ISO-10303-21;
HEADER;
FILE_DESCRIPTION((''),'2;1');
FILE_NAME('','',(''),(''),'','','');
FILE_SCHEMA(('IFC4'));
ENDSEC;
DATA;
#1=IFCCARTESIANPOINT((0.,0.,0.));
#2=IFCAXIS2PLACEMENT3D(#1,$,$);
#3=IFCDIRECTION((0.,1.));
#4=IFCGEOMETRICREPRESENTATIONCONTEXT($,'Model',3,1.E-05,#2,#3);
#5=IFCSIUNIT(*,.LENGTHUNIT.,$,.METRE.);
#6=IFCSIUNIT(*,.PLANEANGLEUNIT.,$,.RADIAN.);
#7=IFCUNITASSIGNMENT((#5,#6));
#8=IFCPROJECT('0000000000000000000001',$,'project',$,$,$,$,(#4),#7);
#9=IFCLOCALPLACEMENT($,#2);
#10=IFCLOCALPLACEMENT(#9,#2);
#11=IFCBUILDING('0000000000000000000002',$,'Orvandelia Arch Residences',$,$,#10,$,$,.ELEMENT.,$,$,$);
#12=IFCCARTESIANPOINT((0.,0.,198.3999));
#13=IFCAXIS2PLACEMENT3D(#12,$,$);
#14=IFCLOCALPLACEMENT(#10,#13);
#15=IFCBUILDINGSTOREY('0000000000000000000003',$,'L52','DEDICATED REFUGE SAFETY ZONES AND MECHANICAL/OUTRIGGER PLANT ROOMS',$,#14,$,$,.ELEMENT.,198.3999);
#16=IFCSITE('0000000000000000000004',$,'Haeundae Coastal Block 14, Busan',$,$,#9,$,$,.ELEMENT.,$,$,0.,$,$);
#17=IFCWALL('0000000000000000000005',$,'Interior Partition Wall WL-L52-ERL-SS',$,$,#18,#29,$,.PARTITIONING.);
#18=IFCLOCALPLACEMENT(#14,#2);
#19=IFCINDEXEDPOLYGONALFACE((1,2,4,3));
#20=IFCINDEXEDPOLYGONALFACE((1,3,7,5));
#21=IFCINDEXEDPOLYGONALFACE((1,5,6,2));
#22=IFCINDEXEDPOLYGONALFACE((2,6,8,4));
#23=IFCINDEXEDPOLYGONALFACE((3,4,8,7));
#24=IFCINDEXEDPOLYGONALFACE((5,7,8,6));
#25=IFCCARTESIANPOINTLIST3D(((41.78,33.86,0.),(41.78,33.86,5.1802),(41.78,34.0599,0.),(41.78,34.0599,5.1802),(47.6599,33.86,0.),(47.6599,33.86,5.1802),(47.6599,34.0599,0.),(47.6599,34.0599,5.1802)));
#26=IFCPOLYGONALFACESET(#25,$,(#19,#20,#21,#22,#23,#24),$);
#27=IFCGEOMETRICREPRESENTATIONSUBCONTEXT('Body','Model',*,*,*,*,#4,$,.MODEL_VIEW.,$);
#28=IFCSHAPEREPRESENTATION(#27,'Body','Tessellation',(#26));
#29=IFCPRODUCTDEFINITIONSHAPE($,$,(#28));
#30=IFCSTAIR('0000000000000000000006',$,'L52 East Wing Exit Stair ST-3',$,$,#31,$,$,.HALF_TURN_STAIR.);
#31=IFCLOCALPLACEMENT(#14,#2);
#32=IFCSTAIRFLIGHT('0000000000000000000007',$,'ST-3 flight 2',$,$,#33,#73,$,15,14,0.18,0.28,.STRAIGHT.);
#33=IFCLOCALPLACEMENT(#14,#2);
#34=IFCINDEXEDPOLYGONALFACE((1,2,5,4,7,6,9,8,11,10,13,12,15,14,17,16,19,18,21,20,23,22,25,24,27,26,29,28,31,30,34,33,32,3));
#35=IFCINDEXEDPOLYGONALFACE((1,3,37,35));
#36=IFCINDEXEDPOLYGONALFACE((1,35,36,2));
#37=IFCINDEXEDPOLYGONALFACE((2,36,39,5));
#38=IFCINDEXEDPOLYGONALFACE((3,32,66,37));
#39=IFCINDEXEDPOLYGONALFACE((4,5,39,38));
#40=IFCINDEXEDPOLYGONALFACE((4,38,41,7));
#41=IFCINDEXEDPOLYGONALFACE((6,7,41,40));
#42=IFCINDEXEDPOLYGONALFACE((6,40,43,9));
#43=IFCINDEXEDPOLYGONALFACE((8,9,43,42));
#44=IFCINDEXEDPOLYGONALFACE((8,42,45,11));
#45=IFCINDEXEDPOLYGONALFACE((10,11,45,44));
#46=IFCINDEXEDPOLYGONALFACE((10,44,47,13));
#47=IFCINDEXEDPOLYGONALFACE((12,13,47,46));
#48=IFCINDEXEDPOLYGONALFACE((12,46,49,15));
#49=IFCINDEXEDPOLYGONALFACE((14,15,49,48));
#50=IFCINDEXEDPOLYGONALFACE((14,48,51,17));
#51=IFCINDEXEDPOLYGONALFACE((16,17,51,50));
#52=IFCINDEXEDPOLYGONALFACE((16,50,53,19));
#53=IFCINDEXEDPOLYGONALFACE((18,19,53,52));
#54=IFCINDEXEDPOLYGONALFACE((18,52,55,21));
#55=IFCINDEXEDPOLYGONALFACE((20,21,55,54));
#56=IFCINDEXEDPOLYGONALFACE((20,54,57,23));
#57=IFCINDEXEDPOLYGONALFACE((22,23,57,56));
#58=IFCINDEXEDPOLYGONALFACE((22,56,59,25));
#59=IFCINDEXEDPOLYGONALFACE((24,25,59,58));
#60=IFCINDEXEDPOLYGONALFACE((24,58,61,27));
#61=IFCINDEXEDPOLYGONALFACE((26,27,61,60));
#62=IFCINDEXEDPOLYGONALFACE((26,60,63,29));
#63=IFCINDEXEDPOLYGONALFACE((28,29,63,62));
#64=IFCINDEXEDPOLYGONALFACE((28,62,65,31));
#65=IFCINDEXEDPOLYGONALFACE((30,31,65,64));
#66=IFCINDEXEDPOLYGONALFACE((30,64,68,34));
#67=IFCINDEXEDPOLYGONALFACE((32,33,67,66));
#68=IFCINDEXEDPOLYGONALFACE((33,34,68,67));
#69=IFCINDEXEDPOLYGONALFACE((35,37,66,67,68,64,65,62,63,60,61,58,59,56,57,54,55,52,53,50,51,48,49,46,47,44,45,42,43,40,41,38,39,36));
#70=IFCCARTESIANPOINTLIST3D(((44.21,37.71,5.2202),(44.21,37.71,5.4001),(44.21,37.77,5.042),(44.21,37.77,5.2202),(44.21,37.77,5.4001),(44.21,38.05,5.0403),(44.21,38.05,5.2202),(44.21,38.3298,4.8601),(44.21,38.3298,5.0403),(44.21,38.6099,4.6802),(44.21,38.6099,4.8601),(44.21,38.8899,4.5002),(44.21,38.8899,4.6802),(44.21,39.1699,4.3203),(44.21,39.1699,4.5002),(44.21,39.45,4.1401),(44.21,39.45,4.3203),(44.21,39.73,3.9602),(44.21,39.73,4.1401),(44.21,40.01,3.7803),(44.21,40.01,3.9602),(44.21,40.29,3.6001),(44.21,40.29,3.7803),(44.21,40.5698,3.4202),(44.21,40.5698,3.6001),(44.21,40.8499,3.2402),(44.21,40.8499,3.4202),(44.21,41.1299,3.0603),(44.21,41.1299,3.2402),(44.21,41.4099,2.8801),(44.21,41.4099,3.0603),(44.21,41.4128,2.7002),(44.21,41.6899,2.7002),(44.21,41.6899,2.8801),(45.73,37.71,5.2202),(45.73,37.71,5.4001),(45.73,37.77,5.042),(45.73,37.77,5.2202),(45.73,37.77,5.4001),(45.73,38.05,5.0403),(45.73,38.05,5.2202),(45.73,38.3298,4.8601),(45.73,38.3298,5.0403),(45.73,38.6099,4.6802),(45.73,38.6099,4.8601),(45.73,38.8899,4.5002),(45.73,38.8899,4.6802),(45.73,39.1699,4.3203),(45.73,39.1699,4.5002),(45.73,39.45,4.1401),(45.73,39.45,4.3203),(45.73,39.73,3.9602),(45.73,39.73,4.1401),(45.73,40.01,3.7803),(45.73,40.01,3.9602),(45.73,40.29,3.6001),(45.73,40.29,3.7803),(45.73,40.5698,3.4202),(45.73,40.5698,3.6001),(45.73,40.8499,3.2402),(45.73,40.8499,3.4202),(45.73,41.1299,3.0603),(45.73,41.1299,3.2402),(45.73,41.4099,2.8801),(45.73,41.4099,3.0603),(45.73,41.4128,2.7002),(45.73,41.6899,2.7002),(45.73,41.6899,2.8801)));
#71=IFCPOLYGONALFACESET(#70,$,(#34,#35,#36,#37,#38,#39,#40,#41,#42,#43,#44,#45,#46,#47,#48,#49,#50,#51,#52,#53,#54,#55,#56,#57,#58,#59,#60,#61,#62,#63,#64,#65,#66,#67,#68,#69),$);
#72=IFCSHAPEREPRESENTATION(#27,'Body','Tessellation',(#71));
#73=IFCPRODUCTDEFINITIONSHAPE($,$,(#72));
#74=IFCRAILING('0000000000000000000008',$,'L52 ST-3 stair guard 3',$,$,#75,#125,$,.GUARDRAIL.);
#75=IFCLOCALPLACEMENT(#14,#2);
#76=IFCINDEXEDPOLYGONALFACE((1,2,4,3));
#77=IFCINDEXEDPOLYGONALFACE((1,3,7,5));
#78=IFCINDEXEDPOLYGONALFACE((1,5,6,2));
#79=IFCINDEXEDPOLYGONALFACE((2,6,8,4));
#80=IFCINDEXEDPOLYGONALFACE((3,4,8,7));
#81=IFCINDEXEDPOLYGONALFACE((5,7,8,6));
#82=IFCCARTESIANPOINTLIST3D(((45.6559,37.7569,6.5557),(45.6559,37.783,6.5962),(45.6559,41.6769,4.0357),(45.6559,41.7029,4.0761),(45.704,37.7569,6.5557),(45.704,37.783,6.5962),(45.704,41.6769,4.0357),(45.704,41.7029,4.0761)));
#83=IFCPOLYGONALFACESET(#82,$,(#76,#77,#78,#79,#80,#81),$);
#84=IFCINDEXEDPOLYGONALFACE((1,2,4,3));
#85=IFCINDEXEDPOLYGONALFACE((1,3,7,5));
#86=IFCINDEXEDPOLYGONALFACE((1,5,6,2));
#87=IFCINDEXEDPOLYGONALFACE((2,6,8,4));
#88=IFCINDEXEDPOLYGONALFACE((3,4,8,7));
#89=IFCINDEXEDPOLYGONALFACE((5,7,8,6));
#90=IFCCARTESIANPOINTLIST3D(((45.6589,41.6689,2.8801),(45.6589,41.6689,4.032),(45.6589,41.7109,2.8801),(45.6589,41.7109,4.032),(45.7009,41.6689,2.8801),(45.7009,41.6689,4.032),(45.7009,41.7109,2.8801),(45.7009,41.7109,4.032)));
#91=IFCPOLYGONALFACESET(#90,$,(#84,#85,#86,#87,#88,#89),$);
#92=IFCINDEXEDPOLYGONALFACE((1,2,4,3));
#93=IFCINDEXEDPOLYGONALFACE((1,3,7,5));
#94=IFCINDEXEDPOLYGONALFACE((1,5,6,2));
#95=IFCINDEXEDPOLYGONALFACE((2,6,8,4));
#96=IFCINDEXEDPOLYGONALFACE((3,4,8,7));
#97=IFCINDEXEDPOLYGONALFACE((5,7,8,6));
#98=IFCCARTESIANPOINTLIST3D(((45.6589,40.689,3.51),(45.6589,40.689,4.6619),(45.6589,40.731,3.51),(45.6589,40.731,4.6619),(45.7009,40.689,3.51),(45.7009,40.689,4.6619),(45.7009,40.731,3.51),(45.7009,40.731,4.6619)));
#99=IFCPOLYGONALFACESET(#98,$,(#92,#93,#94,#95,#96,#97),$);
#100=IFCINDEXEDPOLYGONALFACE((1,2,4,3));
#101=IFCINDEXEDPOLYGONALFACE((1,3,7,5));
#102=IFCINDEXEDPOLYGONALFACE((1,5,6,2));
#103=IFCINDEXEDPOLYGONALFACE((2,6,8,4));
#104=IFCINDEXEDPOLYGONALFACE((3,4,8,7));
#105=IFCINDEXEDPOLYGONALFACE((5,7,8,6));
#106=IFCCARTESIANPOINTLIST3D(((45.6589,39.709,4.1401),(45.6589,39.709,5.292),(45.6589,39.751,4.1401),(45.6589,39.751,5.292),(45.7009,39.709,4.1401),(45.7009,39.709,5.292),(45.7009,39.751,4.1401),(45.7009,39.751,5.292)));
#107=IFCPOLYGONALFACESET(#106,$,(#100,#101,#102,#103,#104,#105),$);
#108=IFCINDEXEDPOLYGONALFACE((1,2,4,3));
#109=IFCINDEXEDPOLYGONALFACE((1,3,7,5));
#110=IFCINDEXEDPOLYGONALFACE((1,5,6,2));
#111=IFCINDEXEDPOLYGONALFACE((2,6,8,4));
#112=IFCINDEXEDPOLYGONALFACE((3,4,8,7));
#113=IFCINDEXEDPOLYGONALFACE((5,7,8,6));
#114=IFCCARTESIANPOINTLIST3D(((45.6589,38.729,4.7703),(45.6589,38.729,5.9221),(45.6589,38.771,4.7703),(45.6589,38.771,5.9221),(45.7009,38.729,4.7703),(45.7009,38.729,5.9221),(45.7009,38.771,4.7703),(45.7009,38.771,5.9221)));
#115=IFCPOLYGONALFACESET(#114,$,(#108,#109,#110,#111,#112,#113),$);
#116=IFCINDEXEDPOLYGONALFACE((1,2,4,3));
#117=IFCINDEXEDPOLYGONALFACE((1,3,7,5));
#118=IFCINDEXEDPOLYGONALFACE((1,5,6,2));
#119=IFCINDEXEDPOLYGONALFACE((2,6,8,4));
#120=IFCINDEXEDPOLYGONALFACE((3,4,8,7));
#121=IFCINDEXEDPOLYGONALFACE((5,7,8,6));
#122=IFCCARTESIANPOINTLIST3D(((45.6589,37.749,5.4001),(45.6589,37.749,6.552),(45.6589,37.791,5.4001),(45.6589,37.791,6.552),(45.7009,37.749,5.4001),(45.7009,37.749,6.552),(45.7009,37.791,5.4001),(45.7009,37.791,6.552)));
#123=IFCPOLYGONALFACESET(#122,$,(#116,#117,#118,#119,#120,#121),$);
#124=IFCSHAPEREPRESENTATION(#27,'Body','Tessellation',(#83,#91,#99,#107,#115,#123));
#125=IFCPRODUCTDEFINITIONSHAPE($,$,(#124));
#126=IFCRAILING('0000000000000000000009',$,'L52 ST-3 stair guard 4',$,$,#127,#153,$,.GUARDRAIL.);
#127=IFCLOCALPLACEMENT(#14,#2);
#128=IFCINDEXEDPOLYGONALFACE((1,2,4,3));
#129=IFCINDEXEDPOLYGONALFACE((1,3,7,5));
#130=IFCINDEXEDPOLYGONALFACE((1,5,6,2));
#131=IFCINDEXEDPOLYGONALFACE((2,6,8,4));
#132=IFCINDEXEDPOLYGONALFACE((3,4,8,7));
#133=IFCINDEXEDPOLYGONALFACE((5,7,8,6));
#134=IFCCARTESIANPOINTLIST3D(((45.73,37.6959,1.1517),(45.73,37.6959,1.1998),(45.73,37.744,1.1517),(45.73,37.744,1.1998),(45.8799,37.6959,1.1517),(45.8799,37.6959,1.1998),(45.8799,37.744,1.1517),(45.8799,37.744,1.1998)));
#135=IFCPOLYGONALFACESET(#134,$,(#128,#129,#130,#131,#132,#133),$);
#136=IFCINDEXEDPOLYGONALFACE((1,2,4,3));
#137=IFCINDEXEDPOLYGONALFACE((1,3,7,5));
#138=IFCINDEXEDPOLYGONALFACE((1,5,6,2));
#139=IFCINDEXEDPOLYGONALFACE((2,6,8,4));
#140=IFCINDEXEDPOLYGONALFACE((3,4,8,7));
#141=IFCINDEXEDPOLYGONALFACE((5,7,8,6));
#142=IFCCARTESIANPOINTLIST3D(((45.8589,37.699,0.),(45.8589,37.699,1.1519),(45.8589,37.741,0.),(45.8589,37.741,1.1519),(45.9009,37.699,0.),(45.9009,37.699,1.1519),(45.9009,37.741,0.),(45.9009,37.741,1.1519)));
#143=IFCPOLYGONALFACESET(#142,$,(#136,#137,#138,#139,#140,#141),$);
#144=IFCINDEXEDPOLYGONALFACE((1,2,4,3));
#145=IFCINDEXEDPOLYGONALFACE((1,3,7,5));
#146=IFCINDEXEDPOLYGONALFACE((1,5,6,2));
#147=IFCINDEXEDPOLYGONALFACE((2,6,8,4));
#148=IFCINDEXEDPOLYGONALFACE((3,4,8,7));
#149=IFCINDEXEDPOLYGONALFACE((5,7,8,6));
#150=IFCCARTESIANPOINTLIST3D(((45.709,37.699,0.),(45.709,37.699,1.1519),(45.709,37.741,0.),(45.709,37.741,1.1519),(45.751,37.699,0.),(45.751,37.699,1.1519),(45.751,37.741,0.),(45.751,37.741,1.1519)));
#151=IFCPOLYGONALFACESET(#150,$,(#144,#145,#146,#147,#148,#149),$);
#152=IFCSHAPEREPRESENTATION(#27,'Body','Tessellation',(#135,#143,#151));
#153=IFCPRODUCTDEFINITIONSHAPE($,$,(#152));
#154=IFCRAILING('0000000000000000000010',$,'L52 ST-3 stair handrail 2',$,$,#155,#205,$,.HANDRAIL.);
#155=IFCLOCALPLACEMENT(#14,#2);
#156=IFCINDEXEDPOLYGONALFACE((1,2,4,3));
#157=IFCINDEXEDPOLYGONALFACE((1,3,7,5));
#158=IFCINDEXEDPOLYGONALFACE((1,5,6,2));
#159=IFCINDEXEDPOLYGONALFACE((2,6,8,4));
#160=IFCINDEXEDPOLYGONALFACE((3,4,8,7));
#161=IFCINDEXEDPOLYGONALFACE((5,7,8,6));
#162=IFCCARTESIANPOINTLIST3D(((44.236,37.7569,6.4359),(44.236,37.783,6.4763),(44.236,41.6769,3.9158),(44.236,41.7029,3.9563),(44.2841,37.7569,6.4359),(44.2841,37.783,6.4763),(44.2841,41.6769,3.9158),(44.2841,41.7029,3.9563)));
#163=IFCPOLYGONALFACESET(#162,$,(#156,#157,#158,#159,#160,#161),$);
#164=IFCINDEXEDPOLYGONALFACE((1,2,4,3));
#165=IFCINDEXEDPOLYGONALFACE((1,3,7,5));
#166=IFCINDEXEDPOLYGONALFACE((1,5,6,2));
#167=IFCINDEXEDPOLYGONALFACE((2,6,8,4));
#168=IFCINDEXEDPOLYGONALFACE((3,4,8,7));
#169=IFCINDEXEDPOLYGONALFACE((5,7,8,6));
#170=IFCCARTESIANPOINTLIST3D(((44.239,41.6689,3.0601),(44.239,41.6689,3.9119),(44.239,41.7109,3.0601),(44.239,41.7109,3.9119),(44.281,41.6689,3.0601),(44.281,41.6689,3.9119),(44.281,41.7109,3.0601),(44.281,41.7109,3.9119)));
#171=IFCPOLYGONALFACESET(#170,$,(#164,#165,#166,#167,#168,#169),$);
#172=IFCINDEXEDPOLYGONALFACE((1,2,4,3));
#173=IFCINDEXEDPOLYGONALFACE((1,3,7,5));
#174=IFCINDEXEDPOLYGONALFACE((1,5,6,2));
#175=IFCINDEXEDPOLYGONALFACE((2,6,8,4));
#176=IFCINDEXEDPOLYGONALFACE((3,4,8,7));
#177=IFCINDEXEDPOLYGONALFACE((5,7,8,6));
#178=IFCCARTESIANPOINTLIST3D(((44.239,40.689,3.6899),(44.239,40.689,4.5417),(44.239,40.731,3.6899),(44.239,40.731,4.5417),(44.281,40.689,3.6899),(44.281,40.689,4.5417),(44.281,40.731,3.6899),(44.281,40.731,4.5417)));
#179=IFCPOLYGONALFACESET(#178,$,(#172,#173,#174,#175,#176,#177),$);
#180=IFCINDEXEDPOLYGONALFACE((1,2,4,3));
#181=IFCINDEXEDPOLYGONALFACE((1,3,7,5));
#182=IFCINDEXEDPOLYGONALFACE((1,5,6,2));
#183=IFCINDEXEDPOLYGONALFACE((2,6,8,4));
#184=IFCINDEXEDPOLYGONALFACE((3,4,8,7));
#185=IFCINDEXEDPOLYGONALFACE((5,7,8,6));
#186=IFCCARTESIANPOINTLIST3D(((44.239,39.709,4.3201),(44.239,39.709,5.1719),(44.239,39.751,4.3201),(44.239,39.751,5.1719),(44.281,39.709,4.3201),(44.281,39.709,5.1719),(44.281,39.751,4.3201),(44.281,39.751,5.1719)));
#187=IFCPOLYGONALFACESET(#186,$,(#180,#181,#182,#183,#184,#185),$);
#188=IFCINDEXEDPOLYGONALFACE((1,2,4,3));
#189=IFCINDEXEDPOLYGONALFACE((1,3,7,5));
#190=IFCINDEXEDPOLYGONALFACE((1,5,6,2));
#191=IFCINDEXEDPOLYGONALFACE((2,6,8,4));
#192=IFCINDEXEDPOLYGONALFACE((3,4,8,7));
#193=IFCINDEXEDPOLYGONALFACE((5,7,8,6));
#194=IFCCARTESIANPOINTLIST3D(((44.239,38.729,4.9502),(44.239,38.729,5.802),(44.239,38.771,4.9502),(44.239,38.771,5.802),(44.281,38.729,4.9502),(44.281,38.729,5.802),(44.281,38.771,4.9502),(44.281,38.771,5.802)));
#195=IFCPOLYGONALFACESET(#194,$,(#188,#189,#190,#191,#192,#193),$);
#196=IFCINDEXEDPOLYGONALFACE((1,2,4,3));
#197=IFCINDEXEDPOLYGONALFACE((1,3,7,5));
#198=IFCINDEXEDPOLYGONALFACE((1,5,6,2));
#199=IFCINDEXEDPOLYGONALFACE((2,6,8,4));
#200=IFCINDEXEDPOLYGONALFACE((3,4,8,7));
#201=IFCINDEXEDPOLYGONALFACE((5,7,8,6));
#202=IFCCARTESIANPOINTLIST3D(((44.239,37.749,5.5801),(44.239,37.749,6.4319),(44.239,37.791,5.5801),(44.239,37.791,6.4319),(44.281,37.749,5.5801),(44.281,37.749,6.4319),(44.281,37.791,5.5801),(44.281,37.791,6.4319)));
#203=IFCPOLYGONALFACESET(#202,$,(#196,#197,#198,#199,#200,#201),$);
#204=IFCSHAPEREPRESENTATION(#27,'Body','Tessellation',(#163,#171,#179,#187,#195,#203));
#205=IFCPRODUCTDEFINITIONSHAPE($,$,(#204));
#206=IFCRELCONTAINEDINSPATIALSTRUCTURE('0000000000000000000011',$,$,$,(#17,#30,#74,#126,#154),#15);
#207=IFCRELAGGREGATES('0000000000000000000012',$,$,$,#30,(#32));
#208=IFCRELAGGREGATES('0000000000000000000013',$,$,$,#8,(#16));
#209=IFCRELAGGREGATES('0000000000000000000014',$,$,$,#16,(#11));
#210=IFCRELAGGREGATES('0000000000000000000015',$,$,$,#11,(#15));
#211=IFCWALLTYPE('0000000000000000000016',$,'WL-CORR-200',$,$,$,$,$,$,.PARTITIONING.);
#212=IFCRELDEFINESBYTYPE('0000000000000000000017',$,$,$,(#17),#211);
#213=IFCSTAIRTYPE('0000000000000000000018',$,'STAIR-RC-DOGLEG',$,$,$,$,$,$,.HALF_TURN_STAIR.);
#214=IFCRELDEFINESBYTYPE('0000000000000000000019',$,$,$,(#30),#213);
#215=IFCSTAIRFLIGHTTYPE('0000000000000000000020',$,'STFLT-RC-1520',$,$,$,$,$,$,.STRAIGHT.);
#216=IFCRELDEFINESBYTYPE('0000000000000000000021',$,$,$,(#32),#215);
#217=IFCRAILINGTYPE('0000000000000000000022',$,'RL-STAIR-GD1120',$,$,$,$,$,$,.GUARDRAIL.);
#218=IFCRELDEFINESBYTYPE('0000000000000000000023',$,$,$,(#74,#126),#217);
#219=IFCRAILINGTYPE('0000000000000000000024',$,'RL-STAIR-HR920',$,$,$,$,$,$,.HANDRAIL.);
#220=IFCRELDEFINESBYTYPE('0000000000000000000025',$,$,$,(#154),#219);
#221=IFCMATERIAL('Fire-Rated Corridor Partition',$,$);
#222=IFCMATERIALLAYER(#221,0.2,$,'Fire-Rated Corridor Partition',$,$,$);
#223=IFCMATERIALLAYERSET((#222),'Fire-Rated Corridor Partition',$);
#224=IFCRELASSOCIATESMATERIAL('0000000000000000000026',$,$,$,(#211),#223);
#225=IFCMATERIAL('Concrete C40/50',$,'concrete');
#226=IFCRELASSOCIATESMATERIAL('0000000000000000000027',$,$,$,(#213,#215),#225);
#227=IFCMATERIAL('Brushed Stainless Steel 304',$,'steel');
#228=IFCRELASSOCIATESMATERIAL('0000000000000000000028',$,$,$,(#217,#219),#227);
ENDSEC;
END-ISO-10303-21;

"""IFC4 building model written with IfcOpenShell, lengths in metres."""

from ifc_helpers import new_model, si_unit, direction, frame, frame_2d, origin, origin_2d, place, context, subcontext, project, spatial, polyline, rectangle, outline, extrude, material, layer, layer_set, type_object, element, aggregate, save


model = new_model("IFC4")

# Units and contexts
model_context = context("Model", 3, precision=1e-05, world=origin(), true_north=direction((0.0, 1.0)))
body_context = subcontext(model_context, "Body", "Model", "MODEL_VIEW")
ifc_project = project(units=[si_unit("LENGTHUNIT", "METRE"), si_unit("PLANEANGLEUNIT", "RADIAN")], contexts=[model_context])

# Site, building, storey
site_placement = place(None, origin())
site = spatial("IfcSite", under=ifc_project, at=site_placement, Name="Haeundae Coastal Block 14, Busan", CompositionType="ELEMENT", RefElevation=0.0)
building_placement = place(site_placement, origin())
building = spatial("IfcBuilding", under=site, at=building_placement, Name="Orvandelia Arch Residences", CompositionType="ELEMENT")
storey_placement = place(building_placement, frame((0.0, 0.0, 198.3999)))
storey = spatial("IfcBuildingStorey", under=building, at=storey_placement, Name="L52", Description="DEDICATED REFUGE SAFETY ZONES AND MECHANICAL/OUTRIGGER PLANT ROOMS", CompositionType="ELEMENT", Elevation=198.3999)

# Wall
ifc_material_1 = material(Name="Fire-Rated Corridor Partition")
ifc_layer_1 = layer(ifc_material_1, 0.2, Name="Fire-Rated Corridor Partition")
ifc_layer_set_1 = layer_set([ifc_layer_1], Name="Fire-Rated Corridor Partition")
wall_type_1 = type_object("IfcWallType", Name="WL-CORR-200", PredefinedType="PARTITIONING", material=ifc_layer_set_1)
wall_1_placement = place(storey_placement, frame((41.78, 33.96, 0.0), z_axis=(0.0, 0.0, 1.0), x_axis=(1.0, 0.0, 0.0)))
element("IfcWall", 1, at=wall_1_placement, inside=storey, type_object=wall_type_1, Name="Interior Partition Wall WL-L52-ERL-SS", PredefinedType="PARTITIONING", context=body_context, shape_type="SweptSolid", body=[
    extrude(rectangle(XDim=5.8799, YDim=0.2, at=frame_2d((2.9399, 0.0))), origin(), (0.0, 0.0, 1.0), 5.1802),
])

# Stair, stair flight
ifc_material_2 = material(Name="Concrete C40/50", Category="concrete")
stair_type = type_object("IfcStairType", Name="STAIR-RC-DOGLEG", PredefinedType="HALF_TURN_STAIR", material=ifc_material_2)
stair_placement = place(storey_placement, origin())
stair = element("IfcStair", 2, at=stair_placement, inside=storey, type_object=stair_type, Name="L52 East Wing Exit Stair ST-3", PredefinedType="HALF_TURN_STAIR")
stair_flight_type = type_object("IfcStairFlightType", Name="STFLT-RC-1520", PredefinedType="STRAIGHT", material=ifc_material_2)
stair_flight_placement = place(storey_placement, frame((44.97, 41.6899, 2.7002), z_axis=(0.0, 0.0, 1.0), x_axis=(0.0, -1.0, 0.0)))
stair_flight = element("IfcStairFlight", 3, at=stair_flight_placement, type_object=stair_flight_type, Name="ST-3 flight 2", NumberOfRisers=15, NumberOfTreads=14, PredefinedType="STRAIGHT", RiserHeight=0.18, TreadLength=0.28, context=body_context, shape_type="SweptSolid", body=[
    extrude(outline(polyline([(0.0, 0.0), (0.0, 0.1799), (0.28, 0.1799), (0.28, 0.3601), (0.5601, 0.3601), (0.5601, 0.54), (0.8401, 0.54), (0.8401, 0.72), (1.1201, 0.72), (1.1201, 0.8999), (1.3999, 0.8999), (1.3999, 1.0801), (1.6799, 1.0801), (1.6799, 1.26), (1.96, 1.26), (1.96, 1.4399), (2.24, 1.4399), (2.24, 1.6201), (2.52, 1.6201), (2.52, 1.8), (2.8, 1.8), (2.8, 1.98), (3.0801, 1.98), (3.0801, 2.1599), (3.3601, 2.1599), (3.3601, 2.3401), (3.6399, 2.3401), (3.6399, 2.52), (3.9199, 2.52), (3.9199, 2.7), (3.98, 2.7), (3.98, 2.52), (3.9199, 2.3418), (0.2771, 0.0), (0.0, 0.0)])), frame((0.0, 0.76, 0.0), z_axis=(0.0, -1.0, 0.0), x_axis=(1.0, 0.0, 0.0)), (0.0, 0.0, 1.0), 1.52),
])
aggregate(stair, [stair_flight])

# Railings
ifc_material_3 = material(Name="Brushed Stainless Steel 304", Category="steel")
railing_type_1 = type_object("IfcRailingType", Name="RL-STAIR-GD1120", PredefinedType="GUARDRAIL", material=ifc_material_3)
railing_1_placement = place(storey_placement, frame((45.6799, 41.6899, 2.8801)))
element("IfcRailing", 4, at=railing_1_placement, inside=storey, type_object=railing_type_1, Name="L52 ST-3 stair guard 3", PredefinedType="GUARDRAIL", context=body_context, shape_type="SweptSolid", body=[
    extrude(rectangle(XDim=0.0481, YDim=0.0481, at=origin_2d()), frame((0.0, 0.0, 1.1758), z_axis=(0.0, -0.841172, 0.540768), x_axis=(1.0, 0.0, 0.0)), (0.0, 0.0, 1.0), 4.6602),
    extrude(rectangle(XDim=0.042, YDim=0.042, at=origin_2d()), origin(), (0.0, 0.0, 1.0), 1.1519),
    extrude(rectangle(XDim=0.042, YDim=0.042, at=origin_2d()), frame((0.0, -0.98, 0.6299)), (0.0, 0.0, 1.0), 1.1519),
    extrude(rectangle(XDim=0.042, YDim=0.042, at=origin_2d()), frame((0.0, -1.96, 1.26)), (0.0, 0.0, 1.0), 1.1519),
    extrude(rectangle(XDim=0.042, YDim=0.042, at=origin_2d()), frame((0.0, -2.9399, 1.8901)), (0.0, 0.0, 1.0), 1.1519),
    extrude(rectangle(XDim=0.042, YDim=0.042, at=origin_2d()), frame((0.0, -3.9199, 2.52)), (0.0, 0.0, 1.0), 1.1519),
])
railing_2_placement = place(storey_placement, frame((45.8799, 37.72, 0.0)))
element("IfcRailing", 5, at=railing_2_placement, inside=storey, type_object=railing_type_1, Name="L52 ST-3 stair guard 4", PredefinedType="GUARDRAIL", context=body_context, shape_type="SweptSolid", body=[
    extrude(rectangle(XDim=0.0481, YDim=0.0481, at=origin_2d()), frame((0.0, 0.0, 1.1758), z_axis=(-1.0, 0.0, 0.0), x_axis=(0.0, -1.0, 0.0)), (0.0, 0.0, 1.0), 0.1499),
    extrude(rectangle(XDim=0.042, YDim=0.042, at=origin_2d()), origin(), (0.0, 0.0, 1.0), 1.1519),
    extrude(rectangle(XDim=0.042, YDim=0.042, at=origin_2d()), frame((-0.1499, 0.0, 0.0)), (0.0, 0.0, 1.0), 1.1519),
])
railing_type_2 = type_object("IfcRailingType", Name="RL-STAIR-HR920", PredefinedType="HANDRAIL", material=ifc_material_3)
railing_3_placement = place(storey_placement, frame((44.26, 41.6899, 3.0601)))
element("IfcRailing", 6, at=railing_3_placement, inside=storey, type_object=railing_type_2, Name="L52 ST-3 stair handrail 2", PredefinedType="HANDRAIL", context=body_context, shape_type="SweptSolid", body=[
    extrude(rectangle(XDim=0.0481, YDim=0.0481, at=origin_2d()), frame((0.0, 0.0, 0.876), z_axis=(0.0, -0.841172, 0.540768), x_axis=(1.0, 0.0, 0.0)), (0.0, 0.0, 1.0), 4.6602),
    extrude(rectangle(XDim=0.042, YDim=0.042, at=origin_2d()), origin(), (0.0, 0.0, 1.0), 0.8518),
    extrude(rectangle(XDim=0.042, YDim=0.042, at=origin_2d()), frame((0.0, -0.98, 0.6299)), (0.0, 0.0, 1.0), 0.8518),
    extrude(rectangle(XDim=0.042, YDim=0.042, at=origin_2d()), frame((0.0, -1.96, 1.26)), (0.0, 0.0, 1.0), 0.8518),
    extrude(rectangle(XDim=0.042, YDim=0.042, at=origin_2d()), frame((0.0, -2.9399, 1.8901)), (0.0, 0.0, 1.0), 0.8518),
    extrude(rectangle(XDim=0.042, YDim=0.042, at=origin_2d()), frame((0.0, -3.9199, 2.52)), (0.0, 0.0, 1.0), 0.8518),
])

save(model, "model.ifc")
